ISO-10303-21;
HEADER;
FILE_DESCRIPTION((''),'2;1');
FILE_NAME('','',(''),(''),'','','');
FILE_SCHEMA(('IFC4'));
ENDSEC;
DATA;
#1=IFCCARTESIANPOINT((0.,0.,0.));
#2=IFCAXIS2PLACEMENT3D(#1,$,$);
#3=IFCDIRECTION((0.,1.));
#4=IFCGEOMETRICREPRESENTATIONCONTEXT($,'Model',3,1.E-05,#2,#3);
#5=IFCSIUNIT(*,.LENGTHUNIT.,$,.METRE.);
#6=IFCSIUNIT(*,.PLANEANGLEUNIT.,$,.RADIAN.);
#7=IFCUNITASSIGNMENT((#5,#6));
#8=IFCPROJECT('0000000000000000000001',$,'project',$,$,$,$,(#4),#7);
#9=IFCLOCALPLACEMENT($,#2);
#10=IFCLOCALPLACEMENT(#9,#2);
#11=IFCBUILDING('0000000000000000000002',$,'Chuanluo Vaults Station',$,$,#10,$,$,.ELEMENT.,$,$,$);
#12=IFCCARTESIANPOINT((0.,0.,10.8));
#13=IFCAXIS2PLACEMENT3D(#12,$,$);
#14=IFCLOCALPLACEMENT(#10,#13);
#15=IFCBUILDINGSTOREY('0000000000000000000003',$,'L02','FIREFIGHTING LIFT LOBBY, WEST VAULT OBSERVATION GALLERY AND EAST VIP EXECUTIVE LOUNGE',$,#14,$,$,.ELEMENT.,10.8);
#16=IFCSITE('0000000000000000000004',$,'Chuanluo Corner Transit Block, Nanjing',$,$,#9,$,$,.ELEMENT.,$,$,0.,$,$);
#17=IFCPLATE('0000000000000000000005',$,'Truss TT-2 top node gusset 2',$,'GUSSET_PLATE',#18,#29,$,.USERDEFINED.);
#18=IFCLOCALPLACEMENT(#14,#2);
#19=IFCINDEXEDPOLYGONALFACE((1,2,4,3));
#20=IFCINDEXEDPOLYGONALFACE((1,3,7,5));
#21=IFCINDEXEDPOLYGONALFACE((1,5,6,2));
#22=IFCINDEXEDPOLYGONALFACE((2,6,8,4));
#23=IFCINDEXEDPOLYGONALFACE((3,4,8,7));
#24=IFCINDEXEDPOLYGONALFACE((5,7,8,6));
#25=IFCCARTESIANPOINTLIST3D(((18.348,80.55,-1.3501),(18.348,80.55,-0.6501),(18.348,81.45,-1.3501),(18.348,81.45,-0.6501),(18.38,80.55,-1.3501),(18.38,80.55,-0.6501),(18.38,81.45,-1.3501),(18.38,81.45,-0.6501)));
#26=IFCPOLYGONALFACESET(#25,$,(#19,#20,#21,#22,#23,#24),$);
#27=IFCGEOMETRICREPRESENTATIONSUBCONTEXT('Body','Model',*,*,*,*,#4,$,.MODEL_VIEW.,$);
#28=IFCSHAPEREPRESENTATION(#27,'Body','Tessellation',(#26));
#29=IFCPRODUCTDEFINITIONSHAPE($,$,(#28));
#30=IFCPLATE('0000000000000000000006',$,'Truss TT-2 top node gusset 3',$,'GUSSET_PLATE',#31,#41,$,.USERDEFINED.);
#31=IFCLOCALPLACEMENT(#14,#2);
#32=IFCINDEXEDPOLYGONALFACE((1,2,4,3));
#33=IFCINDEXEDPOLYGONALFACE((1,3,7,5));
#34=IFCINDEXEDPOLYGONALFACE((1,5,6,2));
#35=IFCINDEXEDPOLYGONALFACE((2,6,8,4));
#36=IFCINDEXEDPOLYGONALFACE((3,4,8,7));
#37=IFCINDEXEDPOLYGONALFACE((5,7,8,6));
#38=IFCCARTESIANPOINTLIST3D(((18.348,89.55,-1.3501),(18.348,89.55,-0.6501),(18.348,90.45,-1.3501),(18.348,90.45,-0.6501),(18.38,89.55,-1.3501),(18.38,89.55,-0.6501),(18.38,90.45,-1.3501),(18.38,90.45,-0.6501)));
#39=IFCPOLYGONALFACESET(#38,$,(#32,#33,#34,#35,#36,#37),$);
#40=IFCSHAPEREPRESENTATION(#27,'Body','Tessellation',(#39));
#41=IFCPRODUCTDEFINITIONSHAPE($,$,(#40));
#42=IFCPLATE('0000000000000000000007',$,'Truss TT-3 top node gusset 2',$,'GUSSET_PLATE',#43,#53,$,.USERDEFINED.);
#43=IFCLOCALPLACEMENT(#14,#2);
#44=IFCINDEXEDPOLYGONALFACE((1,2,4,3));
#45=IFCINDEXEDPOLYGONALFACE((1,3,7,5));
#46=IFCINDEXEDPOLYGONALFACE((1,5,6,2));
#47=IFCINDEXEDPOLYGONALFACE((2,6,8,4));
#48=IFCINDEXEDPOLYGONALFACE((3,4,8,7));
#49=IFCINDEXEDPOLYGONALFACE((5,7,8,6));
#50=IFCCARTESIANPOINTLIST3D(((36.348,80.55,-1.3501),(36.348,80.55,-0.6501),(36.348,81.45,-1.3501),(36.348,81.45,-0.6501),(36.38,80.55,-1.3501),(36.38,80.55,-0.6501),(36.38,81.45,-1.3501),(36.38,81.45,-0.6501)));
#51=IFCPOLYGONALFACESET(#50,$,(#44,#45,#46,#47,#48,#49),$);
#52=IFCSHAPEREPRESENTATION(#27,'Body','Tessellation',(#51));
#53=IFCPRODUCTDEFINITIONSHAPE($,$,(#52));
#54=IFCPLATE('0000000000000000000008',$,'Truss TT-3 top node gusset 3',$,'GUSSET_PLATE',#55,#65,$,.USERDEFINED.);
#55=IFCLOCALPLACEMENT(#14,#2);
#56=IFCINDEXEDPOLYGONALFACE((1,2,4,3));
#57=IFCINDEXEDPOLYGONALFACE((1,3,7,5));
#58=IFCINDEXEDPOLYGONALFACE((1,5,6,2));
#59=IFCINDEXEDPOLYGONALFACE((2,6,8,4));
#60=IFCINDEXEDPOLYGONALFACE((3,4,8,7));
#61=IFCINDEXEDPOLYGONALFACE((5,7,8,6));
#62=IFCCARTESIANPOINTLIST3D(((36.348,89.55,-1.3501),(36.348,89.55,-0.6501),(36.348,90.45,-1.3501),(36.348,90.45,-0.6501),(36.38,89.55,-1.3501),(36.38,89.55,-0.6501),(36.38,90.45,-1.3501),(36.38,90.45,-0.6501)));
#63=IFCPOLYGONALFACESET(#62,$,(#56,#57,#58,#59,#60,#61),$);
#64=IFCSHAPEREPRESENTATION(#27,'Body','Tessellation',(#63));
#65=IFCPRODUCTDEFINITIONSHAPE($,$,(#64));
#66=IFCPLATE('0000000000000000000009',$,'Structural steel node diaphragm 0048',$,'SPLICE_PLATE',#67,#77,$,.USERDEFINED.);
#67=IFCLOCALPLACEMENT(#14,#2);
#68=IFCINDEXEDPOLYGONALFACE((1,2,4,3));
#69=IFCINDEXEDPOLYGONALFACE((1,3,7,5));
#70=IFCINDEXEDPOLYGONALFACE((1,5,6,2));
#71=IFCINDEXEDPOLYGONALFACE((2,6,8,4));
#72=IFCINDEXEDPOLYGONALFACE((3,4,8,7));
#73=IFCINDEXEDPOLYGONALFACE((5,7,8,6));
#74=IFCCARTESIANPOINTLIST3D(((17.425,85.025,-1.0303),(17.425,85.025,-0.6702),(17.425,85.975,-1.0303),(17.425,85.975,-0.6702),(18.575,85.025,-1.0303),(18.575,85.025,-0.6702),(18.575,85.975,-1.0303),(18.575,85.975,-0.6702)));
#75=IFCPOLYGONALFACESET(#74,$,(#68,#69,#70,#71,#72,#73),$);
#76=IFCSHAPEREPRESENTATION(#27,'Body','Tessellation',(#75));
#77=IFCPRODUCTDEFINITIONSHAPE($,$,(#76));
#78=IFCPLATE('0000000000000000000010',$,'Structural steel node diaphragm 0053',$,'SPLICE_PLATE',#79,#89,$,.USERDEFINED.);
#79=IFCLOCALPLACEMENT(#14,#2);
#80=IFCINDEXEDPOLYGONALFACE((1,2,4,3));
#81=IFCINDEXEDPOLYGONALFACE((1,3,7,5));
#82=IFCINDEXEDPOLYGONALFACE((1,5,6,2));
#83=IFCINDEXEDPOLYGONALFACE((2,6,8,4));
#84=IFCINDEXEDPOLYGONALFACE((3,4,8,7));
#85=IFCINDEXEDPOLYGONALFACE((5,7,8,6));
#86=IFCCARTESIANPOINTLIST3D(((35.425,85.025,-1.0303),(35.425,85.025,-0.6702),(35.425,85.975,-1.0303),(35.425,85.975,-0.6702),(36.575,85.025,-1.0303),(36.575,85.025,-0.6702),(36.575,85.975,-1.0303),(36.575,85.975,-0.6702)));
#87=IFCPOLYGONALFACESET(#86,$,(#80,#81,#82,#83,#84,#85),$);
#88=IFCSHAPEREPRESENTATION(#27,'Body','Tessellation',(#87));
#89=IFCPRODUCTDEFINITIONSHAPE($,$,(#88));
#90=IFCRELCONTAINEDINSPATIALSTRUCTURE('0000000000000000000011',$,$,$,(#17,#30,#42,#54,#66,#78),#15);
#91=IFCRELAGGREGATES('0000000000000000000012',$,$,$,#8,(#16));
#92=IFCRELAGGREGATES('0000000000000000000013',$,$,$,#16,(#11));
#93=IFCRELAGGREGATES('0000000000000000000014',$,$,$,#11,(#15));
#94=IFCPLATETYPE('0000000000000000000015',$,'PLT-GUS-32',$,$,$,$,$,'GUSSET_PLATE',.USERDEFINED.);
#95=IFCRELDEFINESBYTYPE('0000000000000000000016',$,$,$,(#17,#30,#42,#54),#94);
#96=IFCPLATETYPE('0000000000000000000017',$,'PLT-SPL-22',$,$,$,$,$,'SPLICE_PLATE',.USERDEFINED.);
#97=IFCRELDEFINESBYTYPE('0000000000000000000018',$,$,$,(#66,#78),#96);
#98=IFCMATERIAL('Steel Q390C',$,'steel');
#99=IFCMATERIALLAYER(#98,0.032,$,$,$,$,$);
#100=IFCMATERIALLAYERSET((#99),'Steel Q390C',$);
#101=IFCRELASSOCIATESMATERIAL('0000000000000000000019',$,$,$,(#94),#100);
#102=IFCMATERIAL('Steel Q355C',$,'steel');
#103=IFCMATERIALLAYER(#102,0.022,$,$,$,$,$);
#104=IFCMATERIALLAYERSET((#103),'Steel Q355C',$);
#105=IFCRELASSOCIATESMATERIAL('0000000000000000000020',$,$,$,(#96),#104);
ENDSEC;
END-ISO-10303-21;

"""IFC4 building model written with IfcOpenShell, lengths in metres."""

from ifc_helpers import new_model, si_unit, direction, frame, origin, origin_2d, place, context, subcontext, project, spatial, rectangle, extrude, material, layer, layer_set, type_object, element, save


model = new_model("IFC4")

# Units and contexts
model_context = context("Model", 3, precision=1e-05, world=origin(), true_north=direction((0.0, 1.0)))
body_context = subcontext(model_context, "Body", "Model", "MODEL_VIEW")
ifc_project = project(units=[si_unit("LENGTHUNIT", "METRE"), si_unit("PLANEANGLEUNIT", "RADIAN")], contexts=[model_context])

# Site, building, storey
site_placement = place(None, origin())
site = spatial("IfcSite", under=ifc_project, at=site_placement, Name="Chuanluo Corner Transit Block, Nanjing", CompositionType="ELEMENT", RefElevation=0.0)
building_placement = place(site_placement, origin())
building = spatial("IfcBuilding", under=site, at=building_placement, Name="Chuanluo Vaults Station", CompositionType="ELEMENT")
storey_placement = place(building_placement, frame((0.0, 0.0, 10.8)))
storey = spatial("IfcBuildingStorey", under=building, at=storey_placement, Name="L02", Description="FIREFIGHTING LIFT LOBBY, WEST VAULT OBSERVATION GALLERY AND EAST VIP EXECUTIVE LOUNGE", CompositionType="ELEMENT", Elevation=10.8)

# Plates
ifc_material_1 = material(Name="Steel Q390C", Category="steel")
ifc_layer_1 = layer(ifc_material_1, 0.032)
ifc_layer_set_1 = layer_set([ifc_layer_1], Name="Steel Q390C")
plate_type_1 = type_object("IfcPlateType", Name="PLT-GUS-32", ElementType="GUSSET_PLATE", PredefinedType="USERDEFINED", material=ifc_layer_set_1)
for number, where, z_axis, x_axis, name in (
    (1, (18.364, 81.0, -1.3501), (0.0, 0.0, 1.0), (1.0, 0.0, 0.0), "Truss TT-2 top node gusset 2"),
    (2, (18.364, 90.0, -1.3501), (0.0, 0.0, 1.0), (1.0, 0.0, 0.0), "Truss TT-2 top node gusset 3"),
    (3, (36.364, 81.0, -1.3501), (0.0, 0.0, 1.0), (1.0, 0.0, 0.0), "Truss TT-3 top node gusset 2"),
    (4, (36.364, 90.0, -1.3501), (0.0, 0.0, 1.0), (1.0, 0.0, 0.0), "Truss TT-3 top node gusset 3"),
):
    element("IfcPlate", number, at=place(storey_placement, frame(where, z_axis=z_axis, x_axis=x_axis)), inside=storey, type_object=plate_type_1, Name=name, ObjectType="GUSSET_PLATE", PredefinedType="USERDEFINED", context=body_context, shape_type="SweptSolid", body=[
        extrude(rectangle(XDim=0.032, YDim=0.8999, at=origin_2d()), origin(), (0.0, 0.0, 1.0), 0.7),
    ])
ifc_material_2 = material(Name="Steel Q355C", Category="steel")
ifc_layer_2 = layer(ifc_material_2, 0.022)
ifc_layer_set_2 = layer_set([ifc_layer_2], Name="Steel Q355C")
plate_type_2 = type_object("IfcPlateType", Name="PLT-SPL-22", ElementType="SPLICE_PLATE", PredefinedType="USERDEFINED", material=ifc_layer_set_2)
for number, where, z_axis, x_axis, name in (
    (5, (18.0, 85.5, -1.0303), (0.0, 0.0, 1.0), (1.0, 0.0, 0.0), "Structural steel node diaphragm 0048"),
    (6, (36.0, 85.5, -1.0303), (0.0, 0.0, 1.0), (1.0, 0.0, 0.0), "Structural steel node diaphragm 0053"),
):
    element("IfcPlate", number, at=place(storey_placement, frame(where, z_axis=z_axis, x_axis=x_axis)), inside=storey, type_object=plate_type_2, Name=name, ObjectType="SPLICE_PLATE", PredefinedType="USERDEFINED", context=body_context, shape_type="SweptSolid", body=[
        extrude(rectangle(XDim=1.1499, YDim=0.95, at=origin_2d()), origin(), (0.0, 0.0, 1.0), 0.3601),
    ])

save(model, "model.ifc")
